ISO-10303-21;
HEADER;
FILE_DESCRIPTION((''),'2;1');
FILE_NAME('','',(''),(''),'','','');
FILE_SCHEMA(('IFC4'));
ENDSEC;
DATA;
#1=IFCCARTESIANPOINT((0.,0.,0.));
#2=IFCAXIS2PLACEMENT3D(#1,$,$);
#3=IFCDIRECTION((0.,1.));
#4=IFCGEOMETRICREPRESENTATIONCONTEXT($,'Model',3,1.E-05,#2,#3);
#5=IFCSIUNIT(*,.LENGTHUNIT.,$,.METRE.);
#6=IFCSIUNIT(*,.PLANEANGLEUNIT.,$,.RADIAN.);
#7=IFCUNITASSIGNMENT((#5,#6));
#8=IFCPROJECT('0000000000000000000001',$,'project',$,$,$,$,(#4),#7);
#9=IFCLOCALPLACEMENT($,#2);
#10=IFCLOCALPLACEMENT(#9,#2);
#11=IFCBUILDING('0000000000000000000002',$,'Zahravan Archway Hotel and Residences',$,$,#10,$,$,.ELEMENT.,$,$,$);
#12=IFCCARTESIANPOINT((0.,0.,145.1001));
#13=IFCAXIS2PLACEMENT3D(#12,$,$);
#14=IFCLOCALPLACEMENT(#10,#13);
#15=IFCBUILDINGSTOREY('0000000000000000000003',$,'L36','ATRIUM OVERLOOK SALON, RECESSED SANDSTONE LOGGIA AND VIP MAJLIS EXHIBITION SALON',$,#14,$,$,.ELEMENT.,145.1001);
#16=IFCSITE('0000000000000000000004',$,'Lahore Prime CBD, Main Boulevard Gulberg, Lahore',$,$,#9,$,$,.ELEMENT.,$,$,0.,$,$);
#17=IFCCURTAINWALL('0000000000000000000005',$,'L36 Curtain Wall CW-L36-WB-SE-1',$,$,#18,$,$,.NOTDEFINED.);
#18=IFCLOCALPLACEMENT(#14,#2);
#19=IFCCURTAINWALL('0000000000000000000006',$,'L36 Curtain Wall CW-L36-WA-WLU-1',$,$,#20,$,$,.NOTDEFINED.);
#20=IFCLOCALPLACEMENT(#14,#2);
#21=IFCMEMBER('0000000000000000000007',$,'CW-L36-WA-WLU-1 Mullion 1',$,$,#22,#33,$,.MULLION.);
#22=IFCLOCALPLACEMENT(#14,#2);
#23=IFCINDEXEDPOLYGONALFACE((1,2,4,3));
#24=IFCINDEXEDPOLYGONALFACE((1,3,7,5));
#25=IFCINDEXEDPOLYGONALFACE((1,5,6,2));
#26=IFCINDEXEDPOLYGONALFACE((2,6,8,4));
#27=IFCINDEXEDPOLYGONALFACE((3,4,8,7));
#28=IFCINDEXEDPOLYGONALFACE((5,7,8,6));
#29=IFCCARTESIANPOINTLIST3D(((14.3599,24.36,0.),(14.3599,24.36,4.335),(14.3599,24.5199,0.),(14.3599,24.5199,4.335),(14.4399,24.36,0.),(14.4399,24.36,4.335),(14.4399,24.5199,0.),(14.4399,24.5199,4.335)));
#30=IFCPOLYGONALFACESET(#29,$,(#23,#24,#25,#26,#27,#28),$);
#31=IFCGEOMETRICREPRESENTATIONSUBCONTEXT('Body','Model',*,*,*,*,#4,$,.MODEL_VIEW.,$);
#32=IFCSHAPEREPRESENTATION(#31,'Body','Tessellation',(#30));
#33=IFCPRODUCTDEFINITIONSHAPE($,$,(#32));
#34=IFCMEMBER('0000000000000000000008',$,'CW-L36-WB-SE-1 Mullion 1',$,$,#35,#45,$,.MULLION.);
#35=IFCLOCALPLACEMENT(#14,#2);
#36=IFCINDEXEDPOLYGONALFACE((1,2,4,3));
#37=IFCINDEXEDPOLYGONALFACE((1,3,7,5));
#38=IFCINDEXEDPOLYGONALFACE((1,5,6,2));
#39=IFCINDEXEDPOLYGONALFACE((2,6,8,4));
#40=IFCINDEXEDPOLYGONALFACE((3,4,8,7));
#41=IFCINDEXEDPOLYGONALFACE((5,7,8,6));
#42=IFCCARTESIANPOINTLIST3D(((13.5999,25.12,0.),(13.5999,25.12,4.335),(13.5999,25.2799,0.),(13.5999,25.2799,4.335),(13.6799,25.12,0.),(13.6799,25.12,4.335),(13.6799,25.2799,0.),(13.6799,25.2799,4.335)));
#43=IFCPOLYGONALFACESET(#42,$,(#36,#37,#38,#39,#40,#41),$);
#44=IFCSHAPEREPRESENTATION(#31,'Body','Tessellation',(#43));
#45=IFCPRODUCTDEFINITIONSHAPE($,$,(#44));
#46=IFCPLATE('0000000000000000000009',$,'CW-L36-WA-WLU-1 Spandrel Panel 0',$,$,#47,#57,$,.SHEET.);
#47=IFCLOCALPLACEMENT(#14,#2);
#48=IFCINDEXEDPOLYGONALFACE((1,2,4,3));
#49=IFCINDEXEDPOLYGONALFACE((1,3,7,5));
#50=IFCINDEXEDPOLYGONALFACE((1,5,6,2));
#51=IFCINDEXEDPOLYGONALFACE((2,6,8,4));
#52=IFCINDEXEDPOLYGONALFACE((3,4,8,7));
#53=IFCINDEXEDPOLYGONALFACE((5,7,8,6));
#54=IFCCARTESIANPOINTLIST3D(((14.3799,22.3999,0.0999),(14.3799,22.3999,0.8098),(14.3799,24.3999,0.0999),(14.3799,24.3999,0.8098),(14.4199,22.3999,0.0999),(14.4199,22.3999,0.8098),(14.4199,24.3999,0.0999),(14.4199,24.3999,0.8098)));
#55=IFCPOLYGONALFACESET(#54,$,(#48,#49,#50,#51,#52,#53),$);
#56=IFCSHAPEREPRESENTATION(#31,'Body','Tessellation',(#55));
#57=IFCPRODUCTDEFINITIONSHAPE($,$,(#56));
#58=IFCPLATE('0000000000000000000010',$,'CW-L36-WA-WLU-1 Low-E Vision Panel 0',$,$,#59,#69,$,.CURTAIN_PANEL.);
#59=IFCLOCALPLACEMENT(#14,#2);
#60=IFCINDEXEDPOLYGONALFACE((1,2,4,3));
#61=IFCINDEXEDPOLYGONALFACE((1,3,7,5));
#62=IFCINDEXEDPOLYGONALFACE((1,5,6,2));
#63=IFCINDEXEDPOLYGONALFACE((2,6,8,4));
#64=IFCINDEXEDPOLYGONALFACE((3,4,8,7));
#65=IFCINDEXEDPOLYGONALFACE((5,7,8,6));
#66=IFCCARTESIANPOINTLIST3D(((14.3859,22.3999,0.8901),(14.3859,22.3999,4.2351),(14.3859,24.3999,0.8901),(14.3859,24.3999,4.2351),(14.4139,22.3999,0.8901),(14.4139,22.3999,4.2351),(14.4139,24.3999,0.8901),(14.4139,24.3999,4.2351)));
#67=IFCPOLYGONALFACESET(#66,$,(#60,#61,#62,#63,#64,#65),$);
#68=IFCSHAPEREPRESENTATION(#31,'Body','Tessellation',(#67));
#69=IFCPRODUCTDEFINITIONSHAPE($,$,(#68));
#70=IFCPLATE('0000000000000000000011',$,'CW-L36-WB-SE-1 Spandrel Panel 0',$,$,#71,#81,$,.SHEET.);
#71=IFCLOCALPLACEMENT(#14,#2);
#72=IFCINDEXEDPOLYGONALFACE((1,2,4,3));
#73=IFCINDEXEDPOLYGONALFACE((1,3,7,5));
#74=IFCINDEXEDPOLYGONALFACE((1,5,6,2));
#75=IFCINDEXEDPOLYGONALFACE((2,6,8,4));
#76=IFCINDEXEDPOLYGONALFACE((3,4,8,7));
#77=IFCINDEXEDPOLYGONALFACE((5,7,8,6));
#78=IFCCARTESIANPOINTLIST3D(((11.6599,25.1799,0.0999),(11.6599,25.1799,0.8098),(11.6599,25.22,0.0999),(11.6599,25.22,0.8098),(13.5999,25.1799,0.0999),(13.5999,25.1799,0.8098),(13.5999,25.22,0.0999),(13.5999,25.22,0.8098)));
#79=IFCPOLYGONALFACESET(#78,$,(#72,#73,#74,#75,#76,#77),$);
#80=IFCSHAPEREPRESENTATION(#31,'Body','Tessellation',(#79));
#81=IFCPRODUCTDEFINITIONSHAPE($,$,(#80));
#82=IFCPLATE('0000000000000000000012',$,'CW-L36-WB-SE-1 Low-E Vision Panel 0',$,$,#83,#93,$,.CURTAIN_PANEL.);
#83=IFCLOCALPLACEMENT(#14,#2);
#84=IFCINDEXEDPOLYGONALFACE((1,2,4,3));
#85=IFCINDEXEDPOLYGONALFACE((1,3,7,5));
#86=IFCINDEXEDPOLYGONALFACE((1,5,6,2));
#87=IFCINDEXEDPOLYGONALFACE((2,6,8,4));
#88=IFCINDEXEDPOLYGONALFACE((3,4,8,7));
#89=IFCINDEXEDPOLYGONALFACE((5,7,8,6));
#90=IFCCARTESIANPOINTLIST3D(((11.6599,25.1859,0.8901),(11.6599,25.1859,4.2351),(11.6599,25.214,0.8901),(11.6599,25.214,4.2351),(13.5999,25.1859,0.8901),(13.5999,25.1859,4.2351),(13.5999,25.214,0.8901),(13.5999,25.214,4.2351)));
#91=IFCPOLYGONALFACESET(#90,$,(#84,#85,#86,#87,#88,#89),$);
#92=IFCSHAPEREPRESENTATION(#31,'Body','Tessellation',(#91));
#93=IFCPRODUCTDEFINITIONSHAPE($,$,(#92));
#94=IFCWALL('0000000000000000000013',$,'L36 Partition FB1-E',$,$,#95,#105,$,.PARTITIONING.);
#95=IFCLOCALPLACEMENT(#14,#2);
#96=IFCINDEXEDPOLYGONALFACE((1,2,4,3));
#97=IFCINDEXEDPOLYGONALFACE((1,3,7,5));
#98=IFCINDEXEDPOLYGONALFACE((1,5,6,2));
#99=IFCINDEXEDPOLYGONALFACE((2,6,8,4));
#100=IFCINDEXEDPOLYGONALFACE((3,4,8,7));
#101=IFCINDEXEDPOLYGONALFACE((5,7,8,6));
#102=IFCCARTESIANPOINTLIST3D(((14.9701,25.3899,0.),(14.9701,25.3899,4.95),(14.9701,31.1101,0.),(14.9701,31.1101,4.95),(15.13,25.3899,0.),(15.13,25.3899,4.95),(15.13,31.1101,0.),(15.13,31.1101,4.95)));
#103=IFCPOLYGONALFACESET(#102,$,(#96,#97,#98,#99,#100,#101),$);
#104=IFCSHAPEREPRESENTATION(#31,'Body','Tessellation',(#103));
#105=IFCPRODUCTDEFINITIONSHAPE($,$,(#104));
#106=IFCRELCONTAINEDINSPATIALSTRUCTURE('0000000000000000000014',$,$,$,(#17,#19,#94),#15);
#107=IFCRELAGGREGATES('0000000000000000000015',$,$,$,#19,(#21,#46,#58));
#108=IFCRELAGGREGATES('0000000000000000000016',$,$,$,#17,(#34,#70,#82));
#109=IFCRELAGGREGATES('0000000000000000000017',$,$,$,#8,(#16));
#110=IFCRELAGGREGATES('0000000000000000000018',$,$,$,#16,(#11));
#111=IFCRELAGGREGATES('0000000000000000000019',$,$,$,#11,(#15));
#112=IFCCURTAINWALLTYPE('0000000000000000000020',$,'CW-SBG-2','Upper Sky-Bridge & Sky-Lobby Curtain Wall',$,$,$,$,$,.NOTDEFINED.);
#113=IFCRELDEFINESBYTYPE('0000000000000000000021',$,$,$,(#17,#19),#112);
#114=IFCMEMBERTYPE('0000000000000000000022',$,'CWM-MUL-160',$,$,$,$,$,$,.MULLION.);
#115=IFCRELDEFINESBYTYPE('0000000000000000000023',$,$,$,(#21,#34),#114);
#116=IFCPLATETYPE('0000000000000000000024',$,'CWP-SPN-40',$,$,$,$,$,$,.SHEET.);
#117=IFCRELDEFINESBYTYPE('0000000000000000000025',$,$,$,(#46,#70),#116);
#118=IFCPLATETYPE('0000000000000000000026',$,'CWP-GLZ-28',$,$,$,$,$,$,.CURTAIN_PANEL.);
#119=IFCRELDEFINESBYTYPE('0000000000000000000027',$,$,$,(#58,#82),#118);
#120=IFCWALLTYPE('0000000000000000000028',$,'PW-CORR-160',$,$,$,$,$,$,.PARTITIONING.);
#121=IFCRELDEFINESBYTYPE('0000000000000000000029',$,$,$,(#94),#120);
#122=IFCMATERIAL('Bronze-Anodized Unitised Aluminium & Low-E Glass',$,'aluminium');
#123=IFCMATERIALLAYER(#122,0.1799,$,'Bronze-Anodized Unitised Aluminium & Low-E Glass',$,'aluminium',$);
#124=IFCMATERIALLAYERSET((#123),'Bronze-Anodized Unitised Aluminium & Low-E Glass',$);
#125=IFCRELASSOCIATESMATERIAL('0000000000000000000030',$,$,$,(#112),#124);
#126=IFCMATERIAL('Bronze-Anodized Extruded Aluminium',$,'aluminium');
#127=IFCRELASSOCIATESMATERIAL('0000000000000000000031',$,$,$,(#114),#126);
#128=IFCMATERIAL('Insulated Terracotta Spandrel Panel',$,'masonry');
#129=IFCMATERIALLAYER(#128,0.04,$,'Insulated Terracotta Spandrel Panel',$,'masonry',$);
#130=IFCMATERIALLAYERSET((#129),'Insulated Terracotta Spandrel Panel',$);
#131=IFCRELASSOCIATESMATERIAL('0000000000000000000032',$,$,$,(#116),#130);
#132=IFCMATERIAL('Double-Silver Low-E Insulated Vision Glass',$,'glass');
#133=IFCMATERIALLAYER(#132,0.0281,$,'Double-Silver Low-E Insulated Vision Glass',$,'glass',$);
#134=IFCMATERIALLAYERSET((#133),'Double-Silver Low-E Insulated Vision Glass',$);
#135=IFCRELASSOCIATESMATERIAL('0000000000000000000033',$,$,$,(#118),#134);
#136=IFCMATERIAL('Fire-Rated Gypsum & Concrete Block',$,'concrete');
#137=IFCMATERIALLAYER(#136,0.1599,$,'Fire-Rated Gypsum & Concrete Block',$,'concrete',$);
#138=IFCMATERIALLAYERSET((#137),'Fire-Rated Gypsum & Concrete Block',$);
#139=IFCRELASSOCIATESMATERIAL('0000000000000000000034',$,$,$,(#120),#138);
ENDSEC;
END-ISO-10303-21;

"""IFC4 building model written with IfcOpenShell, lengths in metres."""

from ifc_helpers import new_model, si_unit, direction, frame, frame_2d, origin, origin_2d, place, context, subcontext, project, spatial, rectangle, extrude, source, transform, mapped, material, layer, layer_set, material_profile, profile_set, type_object, element, aggregate, save


model = new_model("IFC4")

# Units and contexts
model_context = context("Model", 3, precision=1e-05, world=origin(), true_north=direction((0.0, 1.0)))
body_context = subcontext(model_context, "Body", "Model", "MODEL_VIEW")
ifc_project = project(units=[si_unit("LENGTHUNIT", "METRE"), si_unit("PLANEANGLEUNIT", "RADIAN")], contexts=[model_context])

# Site, building, storey
site_placement = place(None, origin())
site = spatial("IfcSite", under=ifc_project, at=site_placement, Name="Lahore Prime CBD, Main Boulevard Gulberg, Lahore", CompositionType="ELEMENT", RefElevation=0.0)
building_placement = place(site_placement, origin())
building = spatial("IfcBuilding", under=site, at=building_placement, Name="Zahravan Archway Hotel and Residences", CompositionType="ELEMENT")
storey_placement = place(building_placement, frame((0.0, 0.0, 145.1001)))
storey = spatial("IfcBuildingStorey", under=building, at=storey_placement, Name="L36", Description="ATRIUM OVERLOOK SALON, RECESSED SANDSTONE LOGGIA AND VIP MAJLIS EXHIBITION SALON", CompositionType="ELEMENT", Elevation=145.1001)

# Curtain wall
ifc_material_1 = material(Name="Bronze-Anodized Unitised Aluminium & Low-E Glass", Category="aluminium")
ifc_layer_1 = layer(ifc_material_1, 0.1799, Name="Bronze-Anodized Unitised Aluminium & Low-E Glass", Category="aluminium")
ifc_layer_set_1 = layer_set([ifc_layer_1], Name="Bronze-Anodized Unitised Aluminium & Low-E Glass")
curtain_wall_type = type_object("IfcCurtainWallType", Name="CW-SBG-2", Description="Upper Sky-Bridge & Sky-Lobby Curtain Wall", PredefinedType="NOTDEFINED", material=ifc_layer_set_1)
curtain_wall_1_placement = place(storey_placement, origin())
curtain_wall_1 = element("IfcCurtainWall", 1, at=curtain_wall_1_placement, inside=storey, type_object=curtain_wall_type, Name="L36 Curtain Wall CW-L36-WB-SE-1", PredefinedType="NOTDEFINED")
ifc_material_2 = material(Name="Bronze-Anodized Extruded Aluminium", Category="aluminium")

# Curtain wall, member
curtain_wall_2_placement = place(storey_placement, origin())
curtain_wall_2 = element("IfcCurtainWall", 2, at=curtain_wall_2_placement, inside=storey, type_object=curtain_wall_type, Name="L36 Curtain Wall CW-L36-WA-WLU-1", PredefinedType="NOTDEFINED")
ifc_material_profile_1 = material_profile(ifc_material_2, rectangle(XDim=0.0801, YDim=0.1599, at=origin_2d()), Name="MUL 80x160", Category="aluminium")
ifc_profile_set_1 = profile_set([ifc_material_profile_1], Name="Bronze-Anodized Extruded Aluminium")
member_type_1 = type_object("IfcMemberType", Name="CWM-MUL-160", PredefinedType="MULLION", material=ifc_profile_set_1)
shared_shape_1 = source(origin(), body_context, "Body", "SweptSolid", [
    extrude(rectangle(XDim=0.0801, YDim=0.1599, at=origin_2d()), origin(), (0.0, 0.0, 1.0), 4.335),
])
member_1_placement = place(storey_placement, frame((14.3999, 24.4399, 0.0), z_axis=(0.0, 0.0, 1.0), x_axis=(1.0, 0.0, 0.0)))
member_1 = element("IfcMember", 3, at=member_1_placement, type_object=member_type_1, Name="CW-L36-WA-WLU-1 Mullion 1", PredefinedType="MULLION", context=body_context, shape_type="MappedRepresentation", body=[
    mapped(shared_shape_1, transform((0.0, 0.0, 0.0), scale=1.0)),
])

# Member
member_2_placement = place(storey_placement, frame((13.6399, 25.2, 0.0), z_axis=(0.0, 0.0, 1.0), x_axis=(1.0, 0.0, 0.0)))
member_2 = element("IfcMember", 4, at=member_2_placement, type_object=member_type_1, Name="CW-L36-WB-SE-1 Mullion 1", PredefinedType="MULLION", context=body_context, shape_type="MappedRepresentation", body=[
    mapped(shared_shape_1, transform((0.0, 0.0, 0.0), scale=1.0)),
])

# Plates
ifc_material_3 = material(Name="Insulated Terracotta Spandrel Panel", Category="masonry")
ifc_layer_2 = layer(ifc_material_3, 0.04, Name="Insulated Terracotta Spandrel Panel", Category="masonry")
ifc_layer_set_2 = layer_set([ifc_layer_2], Name="Insulated Terracotta Spandrel Panel")
plate_type_1 = type_object("IfcPlateType", Name="CWP-SPN-40", PredefinedType="SHEET", material=ifc_layer_set_2)
shared_shape_2 = source(origin(), body_context, "Body", "SweptSolid", [
    extrude(rectangle(XDim=2.0, YDim=0.04, at=origin_2d()), origin(), (0.0, 0.0, 1.0), 0.71),
])
plate_1_placement = place(storey_placement, frame((14.3999, 23.3999, 0.0999), z_axis=(0.0, 0.0, 1.0), x_axis=(0.0, 1.0, 0.0)))
plate_1 = element("IfcPlate", 5, at=plate_1_placement, type_object=plate_type_1, Name="CW-L36-WA-WLU-1 Spandrel Panel 0", PredefinedType="SHEET", context=body_context, shape_type="MappedRepresentation", body=[
    mapped(shared_shape_2, transform((0.0, 0.0, 0.0), scale=1.0)),
])
ifc_material_4 = material(Name="Double-Silver Low-E Insulated Vision Glass", Category="glass")
ifc_layer_3 = layer(ifc_material_4, 0.0281, Name="Double-Silver Low-E Insulated Vision Glass", Category="glass")
ifc_layer_set_3 = layer_set([ifc_layer_3], Name="Double-Silver Low-E Insulated Vision Glass")
plate_type_2 = type_object("IfcPlateType", Name="CWP-GLZ-28", PredefinedType="CURTAIN_PANEL", material=ifc_layer_set_3)
shared_shape_3 = source(origin(), body_context, "Body", "SweptSolid", [
    extrude(rectangle(XDim=2.0, YDim=0.0281, at=origin_2d()), origin(), (0.0, 0.0, 1.0), 3.345),
])
plate_2_placement = place(storey_placement, frame((14.3999, 23.3999, 0.8901), z_axis=(0.0, 0.0, 1.0), x_axis=(0.0, 1.0, 0.0)))
plate_2 = element("IfcPlate", 6, at=plate_2_placement, type_object=plate_type_2, Name="CW-L36-WA-WLU-1 Low-E Vision Panel 0", PredefinedType="CURTAIN_PANEL", context=body_context, shape_type="MappedRepresentation", body=[
    mapped(shared_shape_3, transform((0.0, 0.0, 0.0), scale=1.0)),
])
aggregate(curtain_wall_2, [member_1, plate_1, plate_2])
shared_shape_4 = source(origin(), body_context, "Body", "SweptSolid", [
    extrude(rectangle(XDim=1.9399, YDim=0.04, at=origin_2d()), origin(), (0.0, 0.0, 1.0), 0.71),
])
plate_3_placement = place(storey_placement, frame((12.6299, 25.2, 0.0999), z_axis=(0.0, 0.0, 1.0), x_axis=(1.0, 0.0, 0.0)))
plate_3 = element("IfcPlate", 7, at=plate_3_placement, type_object=plate_type_1, Name="CW-L36-WB-SE-1 Spandrel Panel 0", PredefinedType="SHEET", context=body_context, shape_type="MappedRepresentation", body=[
    mapped(shared_shape_4, transform((0.0, 0.0, 0.0), scale=1.0)),
])
shared_shape_5 = source(origin(), body_context, "Body", "SweptSolid", [
    extrude(rectangle(XDim=1.9399, YDim=0.0281, at=origin_2d()), origin(), (0.0, 0.0, 1.0), 3.345),
])
plate_4_placement = place(storey_placement, frame((12.6299, 25.2, 0.8901), z_axis=(0.0, 0.0, 1.0), x_axis=(1.0, 0.0, 0.0)))
plate_4 = element("IfcPlate", 8, at=plate_4_placement, type_object=plate_type_2, Name="CW-L36-WB-SE-1 Low-E Vision Panel 0", PredefinedType="CURTAIN_PANEL", context=body_context, shape_type="MappedRepresentation", body=[
    mapped(shared_shape_5, transform((0.0, 0.0, 0.0), scale=1.0)),
])
aggregate(curtain_wall_1, [member_2, plate_3, plate_4])

# Wall
ifc_material_5 = material(Name="Fire-Rated Gypsum & Concrete Block", Category="concrete")
ifc_layer_4 = layer(ifc_material_5, 0.1599, Name="Fire-Rated Gypsum & Concrete Block", Category="concrete")
ifc_layer_set_4 = layer_set([ifc_layer_4], Name="Fire-Rated Gypsum & Concrete Block")
wall_type = type_object("IfcWallType", Name="PW-CORR-160", PredefinedType="PARTITIONING", material=ifc_layer_set_4)
wall_placement = place(storey_placement, frame((15.05, 25.3899, 0.0), z_axis=(0.0, 0.0, 1.0), x_axis=(0.0, 1.0, 0.0)))
element("IfcWall", 9, at=wall_placement, inside=storey, type_object=wall_type, Name="L36 Partition FB1-E", PredefinedType="PARTITIONING", context=body_context, shape_type="SweptSolid", body=[
    extrude(rectangle(XDim=5.7202, YDim=0.1599, at=frame_2d((2.8601, 0.0))), origin(), (0.0, 0.0, 1.0), 4.95),
])

save(model, "model.ifc")
